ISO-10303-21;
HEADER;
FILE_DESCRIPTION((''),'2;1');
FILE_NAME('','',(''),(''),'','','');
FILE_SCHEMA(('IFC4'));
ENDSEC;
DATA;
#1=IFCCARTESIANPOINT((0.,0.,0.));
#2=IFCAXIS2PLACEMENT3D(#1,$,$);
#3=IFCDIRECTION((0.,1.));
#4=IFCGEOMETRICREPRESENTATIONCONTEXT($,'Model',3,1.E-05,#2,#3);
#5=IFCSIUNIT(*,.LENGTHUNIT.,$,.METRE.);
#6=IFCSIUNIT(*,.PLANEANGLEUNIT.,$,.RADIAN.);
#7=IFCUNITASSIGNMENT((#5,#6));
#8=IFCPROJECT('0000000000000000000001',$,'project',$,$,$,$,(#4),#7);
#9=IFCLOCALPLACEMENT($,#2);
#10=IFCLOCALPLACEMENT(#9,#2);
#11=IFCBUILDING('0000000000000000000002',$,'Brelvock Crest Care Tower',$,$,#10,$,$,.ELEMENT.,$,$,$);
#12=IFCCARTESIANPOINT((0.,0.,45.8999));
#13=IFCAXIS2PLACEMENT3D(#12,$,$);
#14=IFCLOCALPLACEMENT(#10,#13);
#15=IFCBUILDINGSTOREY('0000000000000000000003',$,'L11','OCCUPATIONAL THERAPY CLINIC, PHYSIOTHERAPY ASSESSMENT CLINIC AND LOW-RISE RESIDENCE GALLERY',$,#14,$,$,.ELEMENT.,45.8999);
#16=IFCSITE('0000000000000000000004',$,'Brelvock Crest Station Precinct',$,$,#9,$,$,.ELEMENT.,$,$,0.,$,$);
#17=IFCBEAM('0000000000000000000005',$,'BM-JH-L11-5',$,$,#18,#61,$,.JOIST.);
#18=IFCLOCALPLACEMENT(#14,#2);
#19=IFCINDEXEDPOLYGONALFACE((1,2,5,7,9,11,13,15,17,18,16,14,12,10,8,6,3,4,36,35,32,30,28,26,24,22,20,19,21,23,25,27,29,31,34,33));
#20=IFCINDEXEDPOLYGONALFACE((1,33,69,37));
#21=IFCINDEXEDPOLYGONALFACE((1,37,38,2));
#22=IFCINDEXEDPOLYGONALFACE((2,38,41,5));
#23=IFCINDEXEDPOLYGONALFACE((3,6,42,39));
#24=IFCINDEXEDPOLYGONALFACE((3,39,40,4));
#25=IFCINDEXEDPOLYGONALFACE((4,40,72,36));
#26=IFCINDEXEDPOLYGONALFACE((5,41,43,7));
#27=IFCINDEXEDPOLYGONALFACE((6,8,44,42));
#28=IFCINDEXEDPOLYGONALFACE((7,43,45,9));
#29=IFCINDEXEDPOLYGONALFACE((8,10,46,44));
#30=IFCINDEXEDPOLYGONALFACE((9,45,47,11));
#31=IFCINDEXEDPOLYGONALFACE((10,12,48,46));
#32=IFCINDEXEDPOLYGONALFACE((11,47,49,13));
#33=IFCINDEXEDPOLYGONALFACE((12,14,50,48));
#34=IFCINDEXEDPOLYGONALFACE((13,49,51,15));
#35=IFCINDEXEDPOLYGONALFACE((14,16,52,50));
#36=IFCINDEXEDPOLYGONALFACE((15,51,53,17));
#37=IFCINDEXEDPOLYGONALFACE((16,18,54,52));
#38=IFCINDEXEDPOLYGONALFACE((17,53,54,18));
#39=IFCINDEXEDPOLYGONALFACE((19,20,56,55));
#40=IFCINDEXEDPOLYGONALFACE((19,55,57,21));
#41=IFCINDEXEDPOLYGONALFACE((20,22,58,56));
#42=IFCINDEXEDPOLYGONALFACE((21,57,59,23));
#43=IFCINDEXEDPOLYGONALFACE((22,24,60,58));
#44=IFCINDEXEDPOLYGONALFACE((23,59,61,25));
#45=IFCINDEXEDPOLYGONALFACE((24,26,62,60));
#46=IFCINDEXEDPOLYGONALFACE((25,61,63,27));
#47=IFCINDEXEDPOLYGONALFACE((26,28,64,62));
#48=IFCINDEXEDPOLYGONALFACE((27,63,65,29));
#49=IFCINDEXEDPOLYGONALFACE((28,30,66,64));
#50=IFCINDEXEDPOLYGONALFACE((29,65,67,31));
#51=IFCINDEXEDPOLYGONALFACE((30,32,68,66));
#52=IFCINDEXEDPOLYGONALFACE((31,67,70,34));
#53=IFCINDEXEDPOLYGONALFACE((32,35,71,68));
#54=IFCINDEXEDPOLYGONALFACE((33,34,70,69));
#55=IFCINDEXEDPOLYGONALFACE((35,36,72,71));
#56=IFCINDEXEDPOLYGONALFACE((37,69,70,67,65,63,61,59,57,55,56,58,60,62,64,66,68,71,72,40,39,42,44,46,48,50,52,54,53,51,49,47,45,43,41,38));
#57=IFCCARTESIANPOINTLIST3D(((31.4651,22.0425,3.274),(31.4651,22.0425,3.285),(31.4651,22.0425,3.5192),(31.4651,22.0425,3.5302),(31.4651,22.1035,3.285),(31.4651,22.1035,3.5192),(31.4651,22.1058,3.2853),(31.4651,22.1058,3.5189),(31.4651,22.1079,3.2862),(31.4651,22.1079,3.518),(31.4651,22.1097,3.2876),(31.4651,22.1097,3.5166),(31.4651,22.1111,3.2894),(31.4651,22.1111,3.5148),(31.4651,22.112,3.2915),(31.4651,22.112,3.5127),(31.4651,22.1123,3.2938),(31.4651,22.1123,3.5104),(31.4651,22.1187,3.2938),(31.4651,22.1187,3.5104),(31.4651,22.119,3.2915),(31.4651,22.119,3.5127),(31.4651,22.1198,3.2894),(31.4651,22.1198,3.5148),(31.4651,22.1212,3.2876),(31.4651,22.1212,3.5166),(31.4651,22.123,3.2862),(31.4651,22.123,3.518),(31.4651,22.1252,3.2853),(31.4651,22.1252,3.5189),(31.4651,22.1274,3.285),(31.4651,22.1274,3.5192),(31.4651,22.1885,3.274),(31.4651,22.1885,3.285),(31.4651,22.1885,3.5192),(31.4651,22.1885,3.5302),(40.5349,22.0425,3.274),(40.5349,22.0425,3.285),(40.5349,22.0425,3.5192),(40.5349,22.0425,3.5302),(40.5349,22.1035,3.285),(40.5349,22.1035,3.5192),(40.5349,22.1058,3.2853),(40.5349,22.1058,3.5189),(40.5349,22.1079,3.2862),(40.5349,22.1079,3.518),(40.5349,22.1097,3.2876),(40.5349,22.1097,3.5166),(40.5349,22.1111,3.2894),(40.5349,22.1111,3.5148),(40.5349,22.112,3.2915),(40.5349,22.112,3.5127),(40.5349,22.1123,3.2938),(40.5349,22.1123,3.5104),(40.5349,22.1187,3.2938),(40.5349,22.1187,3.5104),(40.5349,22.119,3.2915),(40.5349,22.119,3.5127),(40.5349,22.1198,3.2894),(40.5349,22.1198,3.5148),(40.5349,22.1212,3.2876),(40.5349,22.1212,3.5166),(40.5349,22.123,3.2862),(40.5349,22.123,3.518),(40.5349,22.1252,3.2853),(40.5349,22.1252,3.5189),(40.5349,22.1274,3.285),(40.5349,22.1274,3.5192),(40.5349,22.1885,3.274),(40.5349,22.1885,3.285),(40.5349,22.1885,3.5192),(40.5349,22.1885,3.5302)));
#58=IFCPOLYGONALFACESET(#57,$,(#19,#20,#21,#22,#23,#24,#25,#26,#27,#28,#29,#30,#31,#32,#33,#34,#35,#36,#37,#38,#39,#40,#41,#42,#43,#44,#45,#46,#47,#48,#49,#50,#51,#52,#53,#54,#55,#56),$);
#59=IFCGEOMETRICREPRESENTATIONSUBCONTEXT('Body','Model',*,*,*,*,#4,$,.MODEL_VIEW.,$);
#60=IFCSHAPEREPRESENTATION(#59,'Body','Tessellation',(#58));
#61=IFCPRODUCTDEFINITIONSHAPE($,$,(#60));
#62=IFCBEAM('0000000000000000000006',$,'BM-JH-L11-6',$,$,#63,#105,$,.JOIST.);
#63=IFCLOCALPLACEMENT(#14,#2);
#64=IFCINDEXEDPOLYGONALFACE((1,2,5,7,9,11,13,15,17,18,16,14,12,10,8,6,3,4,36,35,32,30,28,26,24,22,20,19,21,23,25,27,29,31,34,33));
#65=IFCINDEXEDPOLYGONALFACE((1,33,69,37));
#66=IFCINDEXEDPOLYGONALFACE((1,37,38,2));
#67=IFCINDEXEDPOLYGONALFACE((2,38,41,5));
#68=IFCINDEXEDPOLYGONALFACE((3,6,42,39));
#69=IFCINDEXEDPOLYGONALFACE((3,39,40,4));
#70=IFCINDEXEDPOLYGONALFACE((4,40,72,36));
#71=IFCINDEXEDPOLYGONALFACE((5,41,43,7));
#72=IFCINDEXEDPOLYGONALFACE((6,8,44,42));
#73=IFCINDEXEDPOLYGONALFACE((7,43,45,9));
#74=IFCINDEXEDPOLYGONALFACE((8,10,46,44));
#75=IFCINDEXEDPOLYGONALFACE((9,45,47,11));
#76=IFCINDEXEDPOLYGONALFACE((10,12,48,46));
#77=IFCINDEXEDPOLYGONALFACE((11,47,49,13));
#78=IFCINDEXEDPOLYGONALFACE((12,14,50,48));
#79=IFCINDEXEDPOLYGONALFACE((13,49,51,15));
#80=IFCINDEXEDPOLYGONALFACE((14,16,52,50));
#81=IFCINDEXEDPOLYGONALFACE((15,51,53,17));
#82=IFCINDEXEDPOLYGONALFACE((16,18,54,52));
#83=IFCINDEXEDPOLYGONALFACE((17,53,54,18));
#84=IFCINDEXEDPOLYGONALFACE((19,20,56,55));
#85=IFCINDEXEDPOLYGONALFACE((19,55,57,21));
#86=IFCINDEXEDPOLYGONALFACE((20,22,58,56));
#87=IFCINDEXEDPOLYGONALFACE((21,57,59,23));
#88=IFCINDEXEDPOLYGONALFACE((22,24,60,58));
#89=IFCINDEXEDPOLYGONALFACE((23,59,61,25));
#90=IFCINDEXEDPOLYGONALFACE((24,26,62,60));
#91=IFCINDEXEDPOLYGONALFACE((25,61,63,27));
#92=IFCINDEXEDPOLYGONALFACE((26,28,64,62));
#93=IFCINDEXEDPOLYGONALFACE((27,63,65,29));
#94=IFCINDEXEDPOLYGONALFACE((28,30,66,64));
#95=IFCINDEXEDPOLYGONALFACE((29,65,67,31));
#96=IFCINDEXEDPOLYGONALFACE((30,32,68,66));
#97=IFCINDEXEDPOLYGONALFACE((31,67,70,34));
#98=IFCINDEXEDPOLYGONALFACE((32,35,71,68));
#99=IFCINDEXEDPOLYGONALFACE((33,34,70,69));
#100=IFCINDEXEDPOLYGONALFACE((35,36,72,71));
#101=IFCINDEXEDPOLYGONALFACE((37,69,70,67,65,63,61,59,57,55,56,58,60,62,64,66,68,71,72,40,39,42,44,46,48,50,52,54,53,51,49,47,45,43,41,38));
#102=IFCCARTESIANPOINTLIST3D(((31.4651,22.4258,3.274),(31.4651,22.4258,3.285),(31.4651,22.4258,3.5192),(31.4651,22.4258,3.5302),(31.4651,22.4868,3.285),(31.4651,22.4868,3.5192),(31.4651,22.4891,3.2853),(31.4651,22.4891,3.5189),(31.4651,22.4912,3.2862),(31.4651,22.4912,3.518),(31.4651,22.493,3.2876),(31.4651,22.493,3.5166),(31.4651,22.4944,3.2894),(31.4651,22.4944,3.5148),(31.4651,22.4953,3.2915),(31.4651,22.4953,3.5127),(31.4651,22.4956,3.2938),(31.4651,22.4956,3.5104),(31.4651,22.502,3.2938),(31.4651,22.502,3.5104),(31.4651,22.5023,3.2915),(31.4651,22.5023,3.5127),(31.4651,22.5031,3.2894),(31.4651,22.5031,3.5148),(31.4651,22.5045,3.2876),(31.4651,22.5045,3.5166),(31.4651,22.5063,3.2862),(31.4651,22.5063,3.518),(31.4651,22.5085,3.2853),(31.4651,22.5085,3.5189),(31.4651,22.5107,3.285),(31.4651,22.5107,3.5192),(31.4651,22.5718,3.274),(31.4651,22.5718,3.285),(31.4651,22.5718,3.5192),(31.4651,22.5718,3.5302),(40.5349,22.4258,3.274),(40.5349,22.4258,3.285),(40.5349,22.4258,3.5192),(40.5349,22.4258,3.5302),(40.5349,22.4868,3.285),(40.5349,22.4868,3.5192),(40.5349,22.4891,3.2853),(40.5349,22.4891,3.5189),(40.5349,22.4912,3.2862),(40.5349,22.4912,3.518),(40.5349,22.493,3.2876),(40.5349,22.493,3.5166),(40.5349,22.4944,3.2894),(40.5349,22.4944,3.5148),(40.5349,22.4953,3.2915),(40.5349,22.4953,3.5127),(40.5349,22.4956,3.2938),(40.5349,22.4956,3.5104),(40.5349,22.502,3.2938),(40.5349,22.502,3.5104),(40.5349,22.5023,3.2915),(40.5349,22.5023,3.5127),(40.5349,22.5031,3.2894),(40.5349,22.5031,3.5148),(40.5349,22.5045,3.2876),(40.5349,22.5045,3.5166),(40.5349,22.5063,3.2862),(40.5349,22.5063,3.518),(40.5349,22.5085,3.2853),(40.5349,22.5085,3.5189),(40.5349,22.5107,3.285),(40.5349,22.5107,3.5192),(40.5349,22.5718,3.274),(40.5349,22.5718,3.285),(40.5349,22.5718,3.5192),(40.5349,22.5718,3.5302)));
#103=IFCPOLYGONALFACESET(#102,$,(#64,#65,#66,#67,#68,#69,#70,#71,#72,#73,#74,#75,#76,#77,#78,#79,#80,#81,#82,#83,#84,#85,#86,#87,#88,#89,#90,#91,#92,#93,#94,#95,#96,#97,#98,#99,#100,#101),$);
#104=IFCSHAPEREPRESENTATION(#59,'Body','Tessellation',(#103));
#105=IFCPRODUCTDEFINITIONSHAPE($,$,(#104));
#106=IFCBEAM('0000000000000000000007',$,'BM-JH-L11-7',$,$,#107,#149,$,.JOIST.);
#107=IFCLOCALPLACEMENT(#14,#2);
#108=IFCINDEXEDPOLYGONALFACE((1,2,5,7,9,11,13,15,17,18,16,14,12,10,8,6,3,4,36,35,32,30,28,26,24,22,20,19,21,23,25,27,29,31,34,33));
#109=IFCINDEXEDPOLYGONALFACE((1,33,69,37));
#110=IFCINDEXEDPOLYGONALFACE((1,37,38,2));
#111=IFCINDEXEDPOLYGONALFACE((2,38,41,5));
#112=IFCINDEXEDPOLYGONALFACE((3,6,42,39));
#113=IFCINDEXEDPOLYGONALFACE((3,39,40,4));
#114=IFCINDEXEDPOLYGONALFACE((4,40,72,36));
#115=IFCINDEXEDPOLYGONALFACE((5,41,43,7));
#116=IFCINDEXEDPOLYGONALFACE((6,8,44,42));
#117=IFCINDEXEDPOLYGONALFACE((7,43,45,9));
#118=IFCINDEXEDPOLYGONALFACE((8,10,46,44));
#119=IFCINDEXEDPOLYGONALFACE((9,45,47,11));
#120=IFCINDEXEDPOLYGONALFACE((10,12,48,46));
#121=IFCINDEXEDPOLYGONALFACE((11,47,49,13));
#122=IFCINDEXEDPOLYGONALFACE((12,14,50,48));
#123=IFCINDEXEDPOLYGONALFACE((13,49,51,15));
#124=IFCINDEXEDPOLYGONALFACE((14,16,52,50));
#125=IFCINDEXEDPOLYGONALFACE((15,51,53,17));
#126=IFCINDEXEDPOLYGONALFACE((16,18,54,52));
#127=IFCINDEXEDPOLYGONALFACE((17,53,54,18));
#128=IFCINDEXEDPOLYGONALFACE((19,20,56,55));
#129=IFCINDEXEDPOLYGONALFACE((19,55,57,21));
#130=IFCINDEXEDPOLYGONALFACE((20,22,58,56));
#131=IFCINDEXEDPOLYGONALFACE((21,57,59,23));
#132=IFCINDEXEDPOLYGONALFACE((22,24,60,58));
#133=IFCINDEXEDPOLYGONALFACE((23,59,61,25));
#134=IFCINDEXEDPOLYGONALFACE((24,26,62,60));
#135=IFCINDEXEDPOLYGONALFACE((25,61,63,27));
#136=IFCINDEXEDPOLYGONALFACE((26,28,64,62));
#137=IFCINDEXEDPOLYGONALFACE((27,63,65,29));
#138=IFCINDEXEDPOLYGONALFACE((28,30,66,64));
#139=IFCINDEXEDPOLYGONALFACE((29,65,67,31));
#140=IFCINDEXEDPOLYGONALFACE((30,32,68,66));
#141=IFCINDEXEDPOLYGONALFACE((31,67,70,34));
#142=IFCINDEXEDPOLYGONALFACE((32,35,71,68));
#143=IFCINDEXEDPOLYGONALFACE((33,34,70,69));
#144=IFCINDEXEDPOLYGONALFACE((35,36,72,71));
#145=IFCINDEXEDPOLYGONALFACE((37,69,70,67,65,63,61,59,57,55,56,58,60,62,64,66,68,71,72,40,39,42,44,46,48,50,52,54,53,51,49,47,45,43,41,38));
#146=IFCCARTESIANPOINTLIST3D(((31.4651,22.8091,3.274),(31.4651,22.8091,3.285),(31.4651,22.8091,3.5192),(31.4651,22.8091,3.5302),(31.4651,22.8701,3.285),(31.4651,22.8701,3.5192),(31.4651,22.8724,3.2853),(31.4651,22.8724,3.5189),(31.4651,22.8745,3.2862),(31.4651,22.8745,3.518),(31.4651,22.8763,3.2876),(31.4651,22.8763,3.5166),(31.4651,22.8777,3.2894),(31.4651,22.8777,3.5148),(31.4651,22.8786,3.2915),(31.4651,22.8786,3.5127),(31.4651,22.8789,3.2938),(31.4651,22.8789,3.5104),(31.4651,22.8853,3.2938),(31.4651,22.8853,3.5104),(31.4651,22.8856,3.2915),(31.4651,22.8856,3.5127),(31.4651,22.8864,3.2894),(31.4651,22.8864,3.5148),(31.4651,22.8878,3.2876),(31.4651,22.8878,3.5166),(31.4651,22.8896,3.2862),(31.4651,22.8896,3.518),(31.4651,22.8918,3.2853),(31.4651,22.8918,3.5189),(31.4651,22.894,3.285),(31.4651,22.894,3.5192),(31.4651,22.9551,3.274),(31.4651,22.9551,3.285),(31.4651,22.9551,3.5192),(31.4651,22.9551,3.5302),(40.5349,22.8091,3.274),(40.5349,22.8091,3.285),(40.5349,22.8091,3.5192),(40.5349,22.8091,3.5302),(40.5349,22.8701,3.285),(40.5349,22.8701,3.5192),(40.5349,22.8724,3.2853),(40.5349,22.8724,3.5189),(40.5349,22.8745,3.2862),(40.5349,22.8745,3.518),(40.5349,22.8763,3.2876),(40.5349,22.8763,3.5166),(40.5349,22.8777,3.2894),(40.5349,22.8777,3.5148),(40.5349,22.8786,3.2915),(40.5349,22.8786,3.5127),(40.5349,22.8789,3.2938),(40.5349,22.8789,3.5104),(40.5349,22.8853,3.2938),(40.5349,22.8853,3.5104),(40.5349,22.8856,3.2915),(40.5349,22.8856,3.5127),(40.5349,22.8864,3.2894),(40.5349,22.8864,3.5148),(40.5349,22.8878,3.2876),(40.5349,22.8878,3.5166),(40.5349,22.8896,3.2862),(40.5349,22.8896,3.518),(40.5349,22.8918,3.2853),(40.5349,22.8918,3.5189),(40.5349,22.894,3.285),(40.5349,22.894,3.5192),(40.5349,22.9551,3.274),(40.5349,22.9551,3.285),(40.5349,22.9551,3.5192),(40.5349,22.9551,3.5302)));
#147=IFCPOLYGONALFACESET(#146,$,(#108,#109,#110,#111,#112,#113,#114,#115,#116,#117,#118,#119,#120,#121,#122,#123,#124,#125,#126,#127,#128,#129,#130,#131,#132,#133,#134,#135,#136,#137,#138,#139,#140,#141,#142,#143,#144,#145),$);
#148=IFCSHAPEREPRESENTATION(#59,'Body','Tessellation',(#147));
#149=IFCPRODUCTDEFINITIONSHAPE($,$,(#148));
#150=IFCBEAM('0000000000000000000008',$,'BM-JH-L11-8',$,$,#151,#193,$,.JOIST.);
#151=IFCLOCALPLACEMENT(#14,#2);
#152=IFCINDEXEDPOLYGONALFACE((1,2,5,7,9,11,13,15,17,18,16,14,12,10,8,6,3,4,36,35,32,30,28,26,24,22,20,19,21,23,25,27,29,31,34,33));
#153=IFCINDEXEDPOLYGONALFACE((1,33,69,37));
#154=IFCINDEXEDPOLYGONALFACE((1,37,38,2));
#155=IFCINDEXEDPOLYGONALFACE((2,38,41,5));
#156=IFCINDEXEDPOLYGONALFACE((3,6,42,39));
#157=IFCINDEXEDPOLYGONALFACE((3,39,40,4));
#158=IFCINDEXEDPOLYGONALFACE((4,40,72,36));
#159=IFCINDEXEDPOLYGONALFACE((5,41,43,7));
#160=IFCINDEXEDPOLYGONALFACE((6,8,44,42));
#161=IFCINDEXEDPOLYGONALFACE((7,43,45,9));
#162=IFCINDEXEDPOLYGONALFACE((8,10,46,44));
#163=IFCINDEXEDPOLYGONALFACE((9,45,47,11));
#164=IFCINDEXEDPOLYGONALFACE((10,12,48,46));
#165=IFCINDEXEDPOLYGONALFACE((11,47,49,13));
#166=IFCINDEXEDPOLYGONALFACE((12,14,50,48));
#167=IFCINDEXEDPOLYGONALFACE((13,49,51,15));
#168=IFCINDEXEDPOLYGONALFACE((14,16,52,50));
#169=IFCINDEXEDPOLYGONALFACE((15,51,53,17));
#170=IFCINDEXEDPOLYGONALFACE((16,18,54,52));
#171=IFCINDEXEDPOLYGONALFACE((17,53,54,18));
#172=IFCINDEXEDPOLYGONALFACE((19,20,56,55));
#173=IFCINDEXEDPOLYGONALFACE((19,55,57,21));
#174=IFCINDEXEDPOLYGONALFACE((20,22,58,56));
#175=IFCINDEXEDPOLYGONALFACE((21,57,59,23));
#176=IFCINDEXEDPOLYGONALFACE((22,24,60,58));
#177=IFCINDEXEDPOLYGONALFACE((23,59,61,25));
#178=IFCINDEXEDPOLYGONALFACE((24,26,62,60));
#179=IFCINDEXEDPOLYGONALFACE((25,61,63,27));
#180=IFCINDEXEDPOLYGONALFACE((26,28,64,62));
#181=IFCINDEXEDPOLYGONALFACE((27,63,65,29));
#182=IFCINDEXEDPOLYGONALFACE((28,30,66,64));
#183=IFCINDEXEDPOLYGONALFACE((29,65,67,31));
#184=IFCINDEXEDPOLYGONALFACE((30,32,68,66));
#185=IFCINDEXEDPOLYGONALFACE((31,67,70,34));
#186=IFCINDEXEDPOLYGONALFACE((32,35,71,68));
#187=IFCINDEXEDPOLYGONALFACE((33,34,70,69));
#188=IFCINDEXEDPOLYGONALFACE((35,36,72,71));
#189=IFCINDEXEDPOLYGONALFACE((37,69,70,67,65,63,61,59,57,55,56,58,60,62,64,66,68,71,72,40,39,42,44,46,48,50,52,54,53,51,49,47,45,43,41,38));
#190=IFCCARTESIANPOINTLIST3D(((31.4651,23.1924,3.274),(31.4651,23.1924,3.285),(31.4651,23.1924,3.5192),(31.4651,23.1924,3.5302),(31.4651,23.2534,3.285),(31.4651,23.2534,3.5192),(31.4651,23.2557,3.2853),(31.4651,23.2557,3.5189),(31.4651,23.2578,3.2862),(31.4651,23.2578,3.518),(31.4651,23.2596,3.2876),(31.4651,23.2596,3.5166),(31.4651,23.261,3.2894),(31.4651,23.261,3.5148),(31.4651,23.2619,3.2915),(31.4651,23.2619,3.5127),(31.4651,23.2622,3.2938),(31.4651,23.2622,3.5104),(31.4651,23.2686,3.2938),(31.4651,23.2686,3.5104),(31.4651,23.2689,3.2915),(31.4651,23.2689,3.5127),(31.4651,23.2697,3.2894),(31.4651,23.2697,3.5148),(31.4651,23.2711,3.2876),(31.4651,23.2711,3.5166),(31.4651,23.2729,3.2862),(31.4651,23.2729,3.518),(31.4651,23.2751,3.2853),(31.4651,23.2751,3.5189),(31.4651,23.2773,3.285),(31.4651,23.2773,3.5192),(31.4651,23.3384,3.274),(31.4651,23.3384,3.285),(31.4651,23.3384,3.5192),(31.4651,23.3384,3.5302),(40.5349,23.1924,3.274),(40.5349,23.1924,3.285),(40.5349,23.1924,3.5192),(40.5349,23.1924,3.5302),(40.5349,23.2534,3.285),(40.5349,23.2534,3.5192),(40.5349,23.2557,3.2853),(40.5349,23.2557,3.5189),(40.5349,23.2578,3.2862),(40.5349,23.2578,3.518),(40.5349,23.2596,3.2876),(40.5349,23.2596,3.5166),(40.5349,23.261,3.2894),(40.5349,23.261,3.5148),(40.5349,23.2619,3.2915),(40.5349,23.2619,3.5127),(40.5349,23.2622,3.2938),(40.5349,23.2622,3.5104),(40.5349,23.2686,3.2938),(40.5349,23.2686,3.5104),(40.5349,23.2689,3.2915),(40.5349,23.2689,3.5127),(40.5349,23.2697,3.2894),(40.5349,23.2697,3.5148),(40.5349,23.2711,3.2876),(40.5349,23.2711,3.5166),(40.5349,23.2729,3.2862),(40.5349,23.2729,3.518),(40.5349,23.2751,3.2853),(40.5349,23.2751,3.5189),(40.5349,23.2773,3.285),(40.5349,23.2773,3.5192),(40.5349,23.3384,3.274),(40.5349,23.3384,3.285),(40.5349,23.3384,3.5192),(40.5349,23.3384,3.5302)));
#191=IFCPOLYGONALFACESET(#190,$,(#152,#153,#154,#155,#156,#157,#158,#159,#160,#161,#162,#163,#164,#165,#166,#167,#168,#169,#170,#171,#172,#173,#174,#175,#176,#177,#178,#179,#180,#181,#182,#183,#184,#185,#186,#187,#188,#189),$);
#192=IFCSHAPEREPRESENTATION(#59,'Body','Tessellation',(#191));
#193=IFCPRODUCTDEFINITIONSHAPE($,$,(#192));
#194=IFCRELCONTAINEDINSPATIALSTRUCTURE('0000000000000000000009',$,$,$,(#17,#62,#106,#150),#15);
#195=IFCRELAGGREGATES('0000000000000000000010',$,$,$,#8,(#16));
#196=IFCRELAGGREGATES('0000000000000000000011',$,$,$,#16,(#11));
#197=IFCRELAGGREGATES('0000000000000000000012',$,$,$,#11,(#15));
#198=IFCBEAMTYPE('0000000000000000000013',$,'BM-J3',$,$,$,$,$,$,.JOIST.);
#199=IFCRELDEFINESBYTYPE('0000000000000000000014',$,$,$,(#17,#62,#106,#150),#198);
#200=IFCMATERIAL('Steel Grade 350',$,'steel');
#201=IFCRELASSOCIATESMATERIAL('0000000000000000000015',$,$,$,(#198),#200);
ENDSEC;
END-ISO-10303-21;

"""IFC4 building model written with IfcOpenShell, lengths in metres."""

from ifc_helpers import new_model, si_unit, direction, frame, origin, origin_2d, place, context, subcontext, project, spatial, i_section, extrude, source, transform, mapped, material, material_profile, profile_set, type_object, element, save


model = new_model("IFC4")

# Units and contexts
model_context = context("Model", 3, precision=1e-05, world=origin(), true_north=direction((0.0, 1.0)))
body_context = subcontext(model_context, "Body", "Model", "MODEL_VIEW")
ifc_project = project(units=[si_unit("LENGTHUNIT", "METRE"), si_unit("PLANEANGLEUNIT", "RADIAN")], contexts=[model_context])

# Site, building, storey
site_placement = place(None, origin())
site = spatial("IfcSite", under=ifc_project, at=site_placement, Name="Brelvock Crest Station Precinct", CompositionType="ELEMENT", RefElevation=0.0)
building_placement = place(site_placement, origin())
building = spatial("IfcBuilding", under=site, at=building_placement, Name="Brelvock Crest Care Tower", CompositionType="ELEMENT")
storey_placement = place(building_placement, frame((0.0, 0.0, 45.8999)))
storey = spatial("IfcBuildingStorey", under=building, at=storey_placement, Name="L11", Description="OCCUPATIONAL THERAPY CLINIC, PHYSIOTHERAPY ASSESSMENT CLINIC AND LOW-RISE RESIDENCE GALLERY", CompositionType="ELEMENT", Elevation=45.8999)

# Beams
ifc_material_1 = material(Name="Steel Grade 350", Category="steel")
ifc_material_profile = material_profile(ifc_material_1, i_section(OverallWidth=0.146, OverallDepth=0.2561, WebThickness=0.0063, FlangeThickness=0.011, FilletRadius=0.0088, at=origin_2d()), Name="250UB37.3")
ifc_profile_set = profile_set([ifc_material_profile], Name="Steel Grade 350")
beam_type = type_object("IfcBeamType", Name="BM-J3", PredefinedType="JOIST", material=ifc_profile_set)
shared_shape_1 = source(origin(), body_context, "Body", "SweptSolid", [
    extrude(i_section(OverallWidth=0.146, OverallDepth=0.2561, WebThickness=0.0063, FlangeThickness=0.011, FilletRadius=0.0088, at=origin_2d()), origin(), (0.0, 0.0, 1.0), 9.0698),
])
for number, where, z_axis, x_axis, name in (
    (1, (31.4651, 22.1155, 3.4021), (1.0, 0.0, 0.0), (0.0, 1.0, 0.0), "BM-JH-L11-5"),
    (2, (31.4651, 22.4988, 3.4021), (1.0, 0.0, 0.0), (0.0, 1.0, 0.0), "BM-JH-L11-6"),
    (3, (31.4651, 22.8821, 3.4021), (1.0, 0.0, 0.0), (0.0, 1.0, 0.0), "BM-JH-L11-7"),
    (4, (31.4651, 23.2654, 3.4021), (1.0, 0.0, 0.0), (0.0, 1.0, 0.0), "BM-JH-L11-8"),
):
    element("IfcBeam", number, at=place(storey_placement, frame(where, z_axis=z_axis, x_axis=x_axis)), inside=storey, type_object=beam_type, Name=name, PredefinedType="JOIST", context=body_context, shape_type="MappedRepresentation", body=[
        mapped(shared_shape_1, transform((0.0, 0.0, 0.0), x_axis=(1.0, 0.0, 0.0), y_axis=(0.0, 1.0, 0.0), z_axis=(0.0, 0.0, 1.0), scale=1.0)),
    ])

save(model, "model.ifc")
